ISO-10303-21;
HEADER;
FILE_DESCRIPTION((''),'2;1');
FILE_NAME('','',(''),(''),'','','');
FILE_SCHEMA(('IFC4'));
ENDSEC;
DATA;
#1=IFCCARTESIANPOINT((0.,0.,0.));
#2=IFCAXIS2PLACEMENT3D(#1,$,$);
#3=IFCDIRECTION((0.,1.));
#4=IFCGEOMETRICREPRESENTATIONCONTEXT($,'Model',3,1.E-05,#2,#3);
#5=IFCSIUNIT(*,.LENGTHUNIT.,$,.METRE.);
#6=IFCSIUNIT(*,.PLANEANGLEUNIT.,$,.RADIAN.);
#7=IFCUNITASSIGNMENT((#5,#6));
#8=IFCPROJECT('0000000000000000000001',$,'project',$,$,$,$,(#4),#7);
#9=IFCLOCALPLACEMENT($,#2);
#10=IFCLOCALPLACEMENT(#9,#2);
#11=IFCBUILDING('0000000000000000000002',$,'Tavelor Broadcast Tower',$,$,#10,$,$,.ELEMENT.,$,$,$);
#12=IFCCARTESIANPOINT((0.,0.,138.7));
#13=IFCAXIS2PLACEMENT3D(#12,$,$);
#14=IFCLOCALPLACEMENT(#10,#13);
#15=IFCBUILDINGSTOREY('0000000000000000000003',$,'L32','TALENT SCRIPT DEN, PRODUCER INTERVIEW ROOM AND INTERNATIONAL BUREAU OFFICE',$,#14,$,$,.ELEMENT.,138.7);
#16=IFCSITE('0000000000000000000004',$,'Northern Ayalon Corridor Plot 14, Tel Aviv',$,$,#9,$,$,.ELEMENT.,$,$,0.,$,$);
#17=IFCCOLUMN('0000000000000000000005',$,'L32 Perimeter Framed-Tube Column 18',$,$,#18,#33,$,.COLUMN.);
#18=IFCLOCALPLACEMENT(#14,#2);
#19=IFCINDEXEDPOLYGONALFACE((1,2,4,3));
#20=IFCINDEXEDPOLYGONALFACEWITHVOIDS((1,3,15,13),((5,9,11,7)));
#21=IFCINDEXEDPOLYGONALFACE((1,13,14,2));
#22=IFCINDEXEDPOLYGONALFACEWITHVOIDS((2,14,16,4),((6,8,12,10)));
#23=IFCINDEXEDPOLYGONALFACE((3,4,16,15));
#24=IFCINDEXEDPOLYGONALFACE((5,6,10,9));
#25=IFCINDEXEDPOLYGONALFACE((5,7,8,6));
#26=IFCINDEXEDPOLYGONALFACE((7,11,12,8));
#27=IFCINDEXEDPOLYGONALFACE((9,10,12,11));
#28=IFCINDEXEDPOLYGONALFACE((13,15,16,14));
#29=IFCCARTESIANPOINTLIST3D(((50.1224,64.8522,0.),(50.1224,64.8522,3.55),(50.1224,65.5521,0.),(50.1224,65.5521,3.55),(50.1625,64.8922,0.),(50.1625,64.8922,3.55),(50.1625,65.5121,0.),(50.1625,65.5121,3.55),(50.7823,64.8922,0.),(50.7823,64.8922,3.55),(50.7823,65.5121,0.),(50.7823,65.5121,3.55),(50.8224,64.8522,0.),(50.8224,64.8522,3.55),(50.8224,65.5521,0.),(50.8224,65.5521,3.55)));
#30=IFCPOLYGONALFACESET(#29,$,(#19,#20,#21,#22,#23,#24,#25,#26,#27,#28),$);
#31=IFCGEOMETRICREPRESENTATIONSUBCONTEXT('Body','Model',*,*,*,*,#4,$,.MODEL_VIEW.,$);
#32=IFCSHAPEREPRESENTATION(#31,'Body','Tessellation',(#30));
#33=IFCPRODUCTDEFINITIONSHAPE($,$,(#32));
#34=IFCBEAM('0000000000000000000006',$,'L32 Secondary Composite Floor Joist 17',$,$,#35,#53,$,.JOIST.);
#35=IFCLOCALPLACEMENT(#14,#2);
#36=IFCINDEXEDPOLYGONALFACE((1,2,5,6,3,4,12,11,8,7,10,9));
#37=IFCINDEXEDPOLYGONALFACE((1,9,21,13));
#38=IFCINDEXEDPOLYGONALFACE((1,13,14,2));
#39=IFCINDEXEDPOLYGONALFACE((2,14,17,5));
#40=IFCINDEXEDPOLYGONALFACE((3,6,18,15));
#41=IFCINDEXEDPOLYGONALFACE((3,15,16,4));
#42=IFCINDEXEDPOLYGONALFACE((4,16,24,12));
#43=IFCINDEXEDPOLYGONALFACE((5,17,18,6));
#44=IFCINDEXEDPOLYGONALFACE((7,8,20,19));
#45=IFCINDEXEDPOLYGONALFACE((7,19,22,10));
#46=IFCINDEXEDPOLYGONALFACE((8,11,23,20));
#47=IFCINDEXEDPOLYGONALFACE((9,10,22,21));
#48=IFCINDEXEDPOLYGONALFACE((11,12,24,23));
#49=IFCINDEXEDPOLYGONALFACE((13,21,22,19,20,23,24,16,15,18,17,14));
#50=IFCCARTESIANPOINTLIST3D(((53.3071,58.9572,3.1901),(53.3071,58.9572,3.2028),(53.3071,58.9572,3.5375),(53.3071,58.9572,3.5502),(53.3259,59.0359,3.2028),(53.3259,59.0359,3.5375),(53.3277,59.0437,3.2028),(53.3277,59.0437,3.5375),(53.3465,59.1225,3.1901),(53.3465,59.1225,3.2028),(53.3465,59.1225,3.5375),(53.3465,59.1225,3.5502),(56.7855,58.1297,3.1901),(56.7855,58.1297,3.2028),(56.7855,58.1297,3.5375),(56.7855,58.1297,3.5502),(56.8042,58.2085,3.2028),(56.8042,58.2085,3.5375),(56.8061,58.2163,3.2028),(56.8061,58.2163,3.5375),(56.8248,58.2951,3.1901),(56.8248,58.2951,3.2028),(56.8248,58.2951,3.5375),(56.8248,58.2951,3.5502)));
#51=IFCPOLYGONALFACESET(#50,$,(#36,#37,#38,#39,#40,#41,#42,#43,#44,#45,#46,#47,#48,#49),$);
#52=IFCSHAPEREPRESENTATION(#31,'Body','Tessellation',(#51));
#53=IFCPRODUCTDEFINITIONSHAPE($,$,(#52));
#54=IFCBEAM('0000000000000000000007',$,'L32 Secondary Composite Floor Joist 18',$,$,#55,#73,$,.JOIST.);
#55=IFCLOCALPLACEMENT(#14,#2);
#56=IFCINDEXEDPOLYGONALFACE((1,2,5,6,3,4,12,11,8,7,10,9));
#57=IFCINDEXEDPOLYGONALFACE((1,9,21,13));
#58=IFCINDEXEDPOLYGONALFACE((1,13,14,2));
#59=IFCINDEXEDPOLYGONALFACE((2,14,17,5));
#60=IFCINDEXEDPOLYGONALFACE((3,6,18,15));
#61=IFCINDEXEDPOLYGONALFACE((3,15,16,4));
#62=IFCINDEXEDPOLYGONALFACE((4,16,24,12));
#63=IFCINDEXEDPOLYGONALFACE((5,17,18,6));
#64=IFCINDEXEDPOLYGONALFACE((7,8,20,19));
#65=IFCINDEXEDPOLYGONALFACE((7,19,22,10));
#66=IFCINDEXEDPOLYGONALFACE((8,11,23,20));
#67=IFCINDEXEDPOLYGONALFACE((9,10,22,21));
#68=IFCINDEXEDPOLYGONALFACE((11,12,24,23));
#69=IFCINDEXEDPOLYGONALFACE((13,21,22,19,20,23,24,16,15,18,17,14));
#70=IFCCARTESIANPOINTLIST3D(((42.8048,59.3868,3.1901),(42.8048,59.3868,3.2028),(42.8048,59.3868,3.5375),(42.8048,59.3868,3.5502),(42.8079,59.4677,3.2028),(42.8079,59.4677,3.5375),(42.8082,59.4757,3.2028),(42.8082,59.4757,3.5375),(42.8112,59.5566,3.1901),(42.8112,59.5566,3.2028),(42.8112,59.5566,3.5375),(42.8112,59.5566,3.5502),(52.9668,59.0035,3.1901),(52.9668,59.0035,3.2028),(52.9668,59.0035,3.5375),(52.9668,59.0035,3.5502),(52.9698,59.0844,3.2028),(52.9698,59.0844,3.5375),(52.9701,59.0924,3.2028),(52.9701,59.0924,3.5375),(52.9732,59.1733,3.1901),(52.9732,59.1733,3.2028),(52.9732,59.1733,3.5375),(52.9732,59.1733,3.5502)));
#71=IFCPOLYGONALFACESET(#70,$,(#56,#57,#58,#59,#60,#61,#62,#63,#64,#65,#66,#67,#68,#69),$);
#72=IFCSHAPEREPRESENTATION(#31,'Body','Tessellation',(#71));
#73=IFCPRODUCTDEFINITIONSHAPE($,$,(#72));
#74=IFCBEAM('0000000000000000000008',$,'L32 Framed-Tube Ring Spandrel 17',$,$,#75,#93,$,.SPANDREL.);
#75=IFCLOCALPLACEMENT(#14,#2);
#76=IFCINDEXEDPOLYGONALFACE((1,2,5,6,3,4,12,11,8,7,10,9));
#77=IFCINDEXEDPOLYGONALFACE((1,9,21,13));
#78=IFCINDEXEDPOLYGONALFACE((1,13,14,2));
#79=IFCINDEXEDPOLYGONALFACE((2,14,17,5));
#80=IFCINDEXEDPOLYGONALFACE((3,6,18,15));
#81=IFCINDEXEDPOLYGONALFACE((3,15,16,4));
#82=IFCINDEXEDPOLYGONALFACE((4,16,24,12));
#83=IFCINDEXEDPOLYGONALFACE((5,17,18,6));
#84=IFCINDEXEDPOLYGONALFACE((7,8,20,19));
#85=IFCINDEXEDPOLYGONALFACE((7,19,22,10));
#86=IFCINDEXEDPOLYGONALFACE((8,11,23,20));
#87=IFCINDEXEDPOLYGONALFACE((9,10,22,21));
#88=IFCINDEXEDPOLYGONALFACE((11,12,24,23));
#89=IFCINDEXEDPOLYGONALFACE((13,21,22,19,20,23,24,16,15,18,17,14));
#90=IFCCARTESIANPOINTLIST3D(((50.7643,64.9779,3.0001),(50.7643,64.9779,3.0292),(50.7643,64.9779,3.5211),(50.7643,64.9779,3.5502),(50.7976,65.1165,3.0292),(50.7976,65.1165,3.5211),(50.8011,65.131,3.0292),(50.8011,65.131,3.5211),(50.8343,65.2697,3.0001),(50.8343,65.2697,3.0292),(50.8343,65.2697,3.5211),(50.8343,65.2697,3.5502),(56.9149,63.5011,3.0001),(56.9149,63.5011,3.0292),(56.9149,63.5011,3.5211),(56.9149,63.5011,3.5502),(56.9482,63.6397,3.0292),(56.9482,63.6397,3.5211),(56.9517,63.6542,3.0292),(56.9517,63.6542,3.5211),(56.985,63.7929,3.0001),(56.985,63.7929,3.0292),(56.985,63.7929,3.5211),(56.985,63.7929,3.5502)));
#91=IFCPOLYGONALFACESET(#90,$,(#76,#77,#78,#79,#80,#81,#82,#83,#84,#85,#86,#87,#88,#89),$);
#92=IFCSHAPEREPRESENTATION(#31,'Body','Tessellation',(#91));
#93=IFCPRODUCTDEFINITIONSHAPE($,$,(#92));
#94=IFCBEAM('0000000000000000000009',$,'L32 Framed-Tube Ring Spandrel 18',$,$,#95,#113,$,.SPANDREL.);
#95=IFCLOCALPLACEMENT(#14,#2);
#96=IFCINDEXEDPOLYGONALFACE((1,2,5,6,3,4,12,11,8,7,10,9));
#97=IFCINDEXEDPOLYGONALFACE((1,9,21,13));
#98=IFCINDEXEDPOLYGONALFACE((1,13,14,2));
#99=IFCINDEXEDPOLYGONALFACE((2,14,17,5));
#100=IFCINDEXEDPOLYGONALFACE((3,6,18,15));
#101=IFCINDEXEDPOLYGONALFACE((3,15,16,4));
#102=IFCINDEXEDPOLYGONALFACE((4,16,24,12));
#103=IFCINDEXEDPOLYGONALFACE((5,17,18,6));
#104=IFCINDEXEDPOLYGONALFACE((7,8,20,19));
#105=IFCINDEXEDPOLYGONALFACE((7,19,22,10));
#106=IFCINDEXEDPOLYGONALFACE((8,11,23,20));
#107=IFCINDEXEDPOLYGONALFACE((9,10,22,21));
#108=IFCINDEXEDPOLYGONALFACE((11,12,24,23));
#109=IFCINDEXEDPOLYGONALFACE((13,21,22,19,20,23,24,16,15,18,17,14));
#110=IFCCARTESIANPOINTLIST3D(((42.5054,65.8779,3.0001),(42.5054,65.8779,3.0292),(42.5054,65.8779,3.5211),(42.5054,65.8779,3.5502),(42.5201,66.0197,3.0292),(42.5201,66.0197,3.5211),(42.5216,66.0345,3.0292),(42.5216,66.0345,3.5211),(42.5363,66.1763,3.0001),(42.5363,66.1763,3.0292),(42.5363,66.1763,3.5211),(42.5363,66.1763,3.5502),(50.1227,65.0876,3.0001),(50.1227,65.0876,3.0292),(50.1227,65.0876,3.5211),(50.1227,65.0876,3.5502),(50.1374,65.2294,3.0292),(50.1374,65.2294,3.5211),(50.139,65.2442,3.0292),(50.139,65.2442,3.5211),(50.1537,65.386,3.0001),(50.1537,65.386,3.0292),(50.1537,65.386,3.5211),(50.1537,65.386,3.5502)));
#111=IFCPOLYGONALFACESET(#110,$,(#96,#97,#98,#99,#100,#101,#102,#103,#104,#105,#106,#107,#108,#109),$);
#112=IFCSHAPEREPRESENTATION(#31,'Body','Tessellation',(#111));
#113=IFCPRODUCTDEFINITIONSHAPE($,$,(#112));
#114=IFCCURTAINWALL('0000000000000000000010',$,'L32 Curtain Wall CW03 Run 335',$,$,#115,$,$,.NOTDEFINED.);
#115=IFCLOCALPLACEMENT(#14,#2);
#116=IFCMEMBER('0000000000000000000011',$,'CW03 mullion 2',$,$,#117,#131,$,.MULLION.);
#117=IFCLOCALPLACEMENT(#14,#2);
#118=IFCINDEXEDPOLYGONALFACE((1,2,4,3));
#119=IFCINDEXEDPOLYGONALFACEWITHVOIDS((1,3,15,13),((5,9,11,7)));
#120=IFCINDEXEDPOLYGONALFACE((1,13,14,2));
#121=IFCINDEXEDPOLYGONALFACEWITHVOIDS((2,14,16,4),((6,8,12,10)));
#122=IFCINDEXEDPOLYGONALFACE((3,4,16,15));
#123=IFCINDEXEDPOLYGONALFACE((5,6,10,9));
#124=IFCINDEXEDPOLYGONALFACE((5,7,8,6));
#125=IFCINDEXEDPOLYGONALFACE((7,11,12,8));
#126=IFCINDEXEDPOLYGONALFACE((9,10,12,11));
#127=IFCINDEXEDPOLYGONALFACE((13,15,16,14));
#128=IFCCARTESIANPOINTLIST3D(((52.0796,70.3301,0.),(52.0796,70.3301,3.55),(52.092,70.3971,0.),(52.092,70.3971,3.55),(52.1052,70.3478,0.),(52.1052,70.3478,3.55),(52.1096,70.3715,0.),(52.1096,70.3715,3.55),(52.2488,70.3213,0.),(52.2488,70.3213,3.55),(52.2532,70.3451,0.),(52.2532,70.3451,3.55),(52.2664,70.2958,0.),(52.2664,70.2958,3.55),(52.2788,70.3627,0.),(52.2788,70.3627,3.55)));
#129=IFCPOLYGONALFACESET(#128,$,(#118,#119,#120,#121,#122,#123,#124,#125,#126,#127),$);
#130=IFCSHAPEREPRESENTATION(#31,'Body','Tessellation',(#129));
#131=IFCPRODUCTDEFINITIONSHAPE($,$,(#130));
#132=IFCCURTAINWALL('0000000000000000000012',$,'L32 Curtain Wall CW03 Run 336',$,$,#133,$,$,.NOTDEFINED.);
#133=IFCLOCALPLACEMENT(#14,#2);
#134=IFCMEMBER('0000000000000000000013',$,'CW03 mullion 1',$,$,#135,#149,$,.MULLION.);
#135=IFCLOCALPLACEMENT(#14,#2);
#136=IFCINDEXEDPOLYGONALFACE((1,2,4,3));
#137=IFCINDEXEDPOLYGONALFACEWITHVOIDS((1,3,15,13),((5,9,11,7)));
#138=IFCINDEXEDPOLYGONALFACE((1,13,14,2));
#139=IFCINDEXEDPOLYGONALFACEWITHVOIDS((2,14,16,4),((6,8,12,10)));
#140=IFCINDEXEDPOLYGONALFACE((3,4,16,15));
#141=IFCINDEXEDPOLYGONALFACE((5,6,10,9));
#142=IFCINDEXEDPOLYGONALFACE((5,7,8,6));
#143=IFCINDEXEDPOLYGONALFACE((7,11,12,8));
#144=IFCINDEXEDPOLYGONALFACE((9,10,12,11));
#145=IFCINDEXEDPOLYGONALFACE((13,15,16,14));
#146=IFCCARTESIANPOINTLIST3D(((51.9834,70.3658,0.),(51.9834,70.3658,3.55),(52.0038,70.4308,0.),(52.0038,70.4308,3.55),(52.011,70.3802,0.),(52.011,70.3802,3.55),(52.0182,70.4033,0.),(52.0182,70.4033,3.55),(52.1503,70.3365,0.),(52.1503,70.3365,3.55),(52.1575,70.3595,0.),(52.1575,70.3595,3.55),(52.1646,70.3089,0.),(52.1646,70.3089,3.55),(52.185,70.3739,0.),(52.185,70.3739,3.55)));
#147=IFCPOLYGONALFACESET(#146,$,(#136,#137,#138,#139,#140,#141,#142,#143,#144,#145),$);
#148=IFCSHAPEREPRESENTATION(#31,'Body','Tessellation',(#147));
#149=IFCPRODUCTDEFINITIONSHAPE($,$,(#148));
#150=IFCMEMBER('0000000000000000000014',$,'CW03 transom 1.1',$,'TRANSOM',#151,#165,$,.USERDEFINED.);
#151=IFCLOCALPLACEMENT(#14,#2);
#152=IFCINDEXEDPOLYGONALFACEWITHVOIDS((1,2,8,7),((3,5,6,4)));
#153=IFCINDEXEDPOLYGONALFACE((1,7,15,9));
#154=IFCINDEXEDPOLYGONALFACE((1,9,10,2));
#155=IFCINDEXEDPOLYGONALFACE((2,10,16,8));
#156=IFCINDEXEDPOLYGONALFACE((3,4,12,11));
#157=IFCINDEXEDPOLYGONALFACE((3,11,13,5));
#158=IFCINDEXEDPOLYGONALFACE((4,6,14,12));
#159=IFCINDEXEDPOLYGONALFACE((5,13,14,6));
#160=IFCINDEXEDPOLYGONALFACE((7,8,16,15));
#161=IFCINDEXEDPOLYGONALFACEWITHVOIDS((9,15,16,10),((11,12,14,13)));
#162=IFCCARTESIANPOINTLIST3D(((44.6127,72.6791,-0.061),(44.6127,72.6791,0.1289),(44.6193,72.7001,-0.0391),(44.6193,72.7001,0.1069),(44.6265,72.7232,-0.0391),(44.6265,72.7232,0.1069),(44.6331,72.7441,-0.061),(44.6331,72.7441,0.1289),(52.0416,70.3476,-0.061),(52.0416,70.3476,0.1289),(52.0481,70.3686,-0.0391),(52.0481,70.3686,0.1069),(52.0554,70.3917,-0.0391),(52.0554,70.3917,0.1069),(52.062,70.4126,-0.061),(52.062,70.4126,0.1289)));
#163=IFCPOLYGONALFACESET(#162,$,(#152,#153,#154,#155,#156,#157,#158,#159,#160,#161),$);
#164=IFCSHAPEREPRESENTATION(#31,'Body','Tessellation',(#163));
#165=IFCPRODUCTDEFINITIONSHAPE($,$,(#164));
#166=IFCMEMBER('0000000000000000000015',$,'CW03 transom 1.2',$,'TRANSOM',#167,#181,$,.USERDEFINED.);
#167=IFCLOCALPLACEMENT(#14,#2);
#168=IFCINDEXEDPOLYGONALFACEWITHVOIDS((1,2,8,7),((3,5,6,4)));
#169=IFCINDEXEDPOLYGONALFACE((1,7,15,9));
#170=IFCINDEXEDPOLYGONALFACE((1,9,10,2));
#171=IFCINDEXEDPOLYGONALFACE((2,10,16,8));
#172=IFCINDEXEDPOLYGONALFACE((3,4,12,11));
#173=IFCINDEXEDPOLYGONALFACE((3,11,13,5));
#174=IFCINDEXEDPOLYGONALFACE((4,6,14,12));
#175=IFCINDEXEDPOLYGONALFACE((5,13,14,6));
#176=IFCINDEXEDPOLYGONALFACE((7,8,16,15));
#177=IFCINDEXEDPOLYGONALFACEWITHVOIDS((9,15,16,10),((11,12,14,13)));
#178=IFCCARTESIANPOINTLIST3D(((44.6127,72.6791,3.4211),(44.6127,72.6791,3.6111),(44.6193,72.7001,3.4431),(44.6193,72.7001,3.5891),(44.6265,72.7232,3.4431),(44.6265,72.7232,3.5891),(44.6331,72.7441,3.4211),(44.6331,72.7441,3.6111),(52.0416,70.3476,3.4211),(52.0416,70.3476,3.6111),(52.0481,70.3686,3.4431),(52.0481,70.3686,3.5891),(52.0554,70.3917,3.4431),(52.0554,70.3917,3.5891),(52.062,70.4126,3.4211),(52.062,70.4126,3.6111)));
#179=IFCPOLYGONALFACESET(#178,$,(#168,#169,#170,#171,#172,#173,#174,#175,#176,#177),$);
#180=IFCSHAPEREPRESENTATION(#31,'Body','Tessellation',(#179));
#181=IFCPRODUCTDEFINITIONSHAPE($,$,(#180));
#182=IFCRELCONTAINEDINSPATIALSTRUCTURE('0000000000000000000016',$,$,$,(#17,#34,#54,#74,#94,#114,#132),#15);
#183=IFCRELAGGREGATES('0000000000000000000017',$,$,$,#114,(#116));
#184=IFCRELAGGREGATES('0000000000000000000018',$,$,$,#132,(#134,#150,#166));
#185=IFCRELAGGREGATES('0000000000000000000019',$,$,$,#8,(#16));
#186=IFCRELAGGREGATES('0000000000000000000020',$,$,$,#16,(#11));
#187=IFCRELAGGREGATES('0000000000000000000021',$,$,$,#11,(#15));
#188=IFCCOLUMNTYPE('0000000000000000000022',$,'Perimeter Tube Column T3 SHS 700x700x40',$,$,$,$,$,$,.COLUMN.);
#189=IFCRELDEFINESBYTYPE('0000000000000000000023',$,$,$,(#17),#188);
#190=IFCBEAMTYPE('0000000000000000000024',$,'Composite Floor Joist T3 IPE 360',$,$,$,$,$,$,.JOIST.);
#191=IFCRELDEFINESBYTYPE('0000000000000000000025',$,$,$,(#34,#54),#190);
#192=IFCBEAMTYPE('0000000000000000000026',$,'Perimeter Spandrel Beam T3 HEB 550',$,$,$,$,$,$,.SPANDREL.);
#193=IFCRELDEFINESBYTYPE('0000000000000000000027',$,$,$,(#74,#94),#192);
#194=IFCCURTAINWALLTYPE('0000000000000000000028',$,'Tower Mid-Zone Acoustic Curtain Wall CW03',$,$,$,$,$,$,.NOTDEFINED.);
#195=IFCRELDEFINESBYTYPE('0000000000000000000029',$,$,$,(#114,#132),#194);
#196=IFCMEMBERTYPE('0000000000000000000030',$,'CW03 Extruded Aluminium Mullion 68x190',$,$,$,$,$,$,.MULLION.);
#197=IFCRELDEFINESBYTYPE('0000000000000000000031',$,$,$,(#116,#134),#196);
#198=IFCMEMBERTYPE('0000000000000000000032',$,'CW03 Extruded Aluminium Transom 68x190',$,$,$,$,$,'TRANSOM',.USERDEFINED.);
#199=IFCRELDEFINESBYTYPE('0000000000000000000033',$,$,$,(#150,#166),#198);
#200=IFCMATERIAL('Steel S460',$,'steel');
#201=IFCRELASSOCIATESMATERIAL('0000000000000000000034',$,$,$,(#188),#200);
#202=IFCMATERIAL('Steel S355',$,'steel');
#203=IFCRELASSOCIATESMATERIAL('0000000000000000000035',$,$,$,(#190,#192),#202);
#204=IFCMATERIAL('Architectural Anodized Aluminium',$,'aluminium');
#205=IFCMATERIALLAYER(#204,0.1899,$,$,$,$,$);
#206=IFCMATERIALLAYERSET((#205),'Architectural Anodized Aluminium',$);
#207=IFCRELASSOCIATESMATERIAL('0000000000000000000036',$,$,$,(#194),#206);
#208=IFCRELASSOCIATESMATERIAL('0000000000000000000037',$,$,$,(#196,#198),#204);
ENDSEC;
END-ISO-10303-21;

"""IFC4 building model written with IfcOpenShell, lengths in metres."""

from ifc_helpers import new_model, si_unit, direction, frame, origin, origin_2d, place, context, subcontext, project, spatial, hollow_rectangle, i_section, extrude, source, transform, mapped, material, layer, layer_set, material_profile, profile_set, type_object, type_shapes, element, aggregate, save


model = new_model("IFC4")

# Units and contexts
model_context = context("Model", 3, precision=1e-05, world=origin(), true_north=direction((0.0, 1.0)))
body_context = subcontext(model_context, "Body", "Model", "MODEL_VIEW")
ifc_project = project(units=[si_unit("LENGTHUNIT", "METRE"), si_unit("PLANEANGLEUNIT", "RADIAN")], contexts=[model_context])

# Site, building, storey
site_placement = place(None, origin())
site = spatial("IfcSite", under=ifc_project, at=site_placement, Name="Northern Ayalon Corridor Plot 14, Tel Aviv", CompositionType="ELEMENT", RefElevation=0.0)
building_placement = place(site_placement, origin())
building = spatial("IfcBuilding", under=site, at=building_placement, Name="Tavelor Broadcast Tower", CompositionType="ELEMENT")
storey_placement = place(building_placement, frame((0.0, 0.0, 138.7)))
storey = spatial("IfcBuildingStorey", under=building, at=storey_placement, Name="L32", Description="TALENT SCRIPT DEN, PRODUCER INTERVIEW ROOM AND INTERNATIONAL BUREAU OFFICE", CompositionType="ELEMENT", Elevation=138.7)

# Column
ifc_material_1 = material(Name="Steel S460", Category="steel")
ifc_material_profile_1 = material_profile(ifc_material_1, hollow_rectangle(XDim=0.7, YDim=0.7, WallThickness=0.04, at=origin_2d()), Name="SHS 700x700x40")
ifc_profile_set_1 = profile_set([ifc_material_profile_1], Name="Steel S460")
column_type = type_object("IfcColumnType", Name="Perimeter Tube Column T3 SHS 700x700x40", PredefinedType="COLUMN", material=ifc_profile_set_1)
column_placement = place(storey_placement, frame((50.4724, 65.2021, 0.0), z_axis=(0.0, 0.0, 1.0), x_axis=(1.0, 0.0, 0.0)))
element("IfcColumn", 1, at=column_placement, inside=storey, type_object=column_type, Name="L32 Perimeter Framed-Tube Column 18", PredefinedType="COLUMN", context=body_context, shape_type="SweptSolid", body=[
    extrude(hollow_rectangle(XDim=0.7, YDim=0.7, WallThickness=0.04, at=origin_2d()), origin(), (0.0, 0.0, 1.0), 3.55),
])

# Beams
ifc_material_2 = material(Name="Steel S355", Category="steel")
ifc_material_profile_2 = material_profile(ifc_material_2, i_section(OverallWidth=0.1699, OverallDepth=0.3601, WebThickness=0.0081, FlangeThickness=0.0127, at=origin_2d()), Name="IPE 360")
ifc_profile_set_2 = profile_set([ifc_material_profile_2], Name="Steel S355")
beam_type_1 = type_object("IfcBeamType", Name="Composite Floor Joist T3 IPE 360", PredefinedType="JOIST", material=ifc_profile_set_2)
beam_1_placement = place(storey_placement, frame((56.8052, 58.2124, 3.3701), z_axis=(-0.972855, 0.231417, 0.0), x_axis=(-0.231417, -0.972855, 0.0)))
element("IfcBeam", 2, at=beam_1_placement, inside=storey, type_object=beam_type_1, Name="L32 Secondary Composite Floor Joist 17", PredefinedType="JOIST", context=body_context, shape_type="SweptSolid", body=[
    extrude(i_section(OverallWidth=0.1699, OverallDepth=0.3601, WebThickness=0.0081, FlangeThickness=0.0127, at=origin_2d()), origin(), (0.0, 0.0, 1.0), 3.5754),
])
beam_2_placement = place(storey_placement, frame((52.97, 59.0884, 3.3701), z_axis=(-0.999289, 0.037693, 0.0), x_axis=(-0.037693, -0.999289, 0.0)))
element("IfcBeam", 3, at=beam_2_placement, inside=storey, type_object=beam_type_1, Name="L32 Secondary Composite Floor Joist 18", PredefinedType="JOIST", context=body_context, shape_type="SweptSolid", body=[
    extrude(i_section(OverallWidth=0.1699, OverallDepth=0.3601, WebThickness=0.0081, FlangeThickness=0.0127, at=origin_2d()), origin(), (0.0, 0.0, 1.0), 10.1692),
])
ifc_material_profile_3 = material_profile(ifc_material_2, i_section(OverallWidth=0.3, OverallDepth=0.55, WebThickness=0.0149, FlangeThickness=0.0291, at=origin_2d()), Name="HEB 550")
ifc_profile_set_3 = profile_set([ifc_material_profile_3], Name="Steel S355")
beam_type_2 = type_object("IfcBeamType", Name="Perimeter Spandrel Beam T3 HEB 550", PredefinedType="SPANDREL", material=ifc_profile_set_3)
beam_3_placement = place(storey_placement, frame((56.95, 63.647, 3.2751), z_axis=(-0.972364, 0.233471, 0.0), x_axis=(-0.233471, -0.972364, 0.0)))
element("IfcBeam", 4, at=beam_3_placement, inside=storey, type_object=beam_type_2, Name="L32 Framed-Tube Ring Spandrel 17", PredefinedType="SPANDREL", context=body_context, shape_type="SweptSolid", body=[
    extrude(i_section(OverallWidth=0.3, OverallDepth=0.55, WebThickness=0.0149, FlangeThickness=0.0291, at=origin_2d()), origin(), (0.0, 0.0, 1.0), 6.3254),
])
beam_4_placement = place(storey_placement, frame((50.1382, 65.2368, 3.2751), z_axis=(-0.994661, 0.103193, 0.0), x_axis=(-0.103193, -0.994661, 0.0)))
element("IfcBeam", 5, at=beam_4_placement, inside=storey, type_object=beam_type_2, Name="L32 Framed-Tube Ring Spandrel 18", PredefinedType="SPANDREL", context=body_context, shape_type="SweptSolid", body=[
    extrude(i_section(OverallWidth=0.3, OverallDepth=0.55, WebThickness=0.0149, FlangeThickness=0.0291, at=origin_2d()), origin(), (0.0, 0.0, 1.0), 7.6582),
])

# Curtain wall, member
ifc_material_3 = material(Name="Architectural Anodized Aluminium", Category="aluminium")
ifc_layer_1 = layer(ifc_material_3, 0.1899)
ifc_layer_set_1 = layer_set([ifc_layer_1], Name="Architectural Anodized Aluminium")
curtain_wall_type = type_object("IfcCurtainWallType", Name="Tower Mid-Zone Acoustic Curtain Wall CW03", PredefinedType="NOTDEFINED", material=ifc_layer_set_1)
curtain_wall_1_placement = place(storey_placement, origin())
curtain_wall_1 = element("IfcCurtainWall", 6, at=curtain_wall_1_placement, inside=storey, type_object=curtain_wall_type, Name="L32 Curtain Wall CW03 Run 335", PredefinedType="NOTDEFINED")
ifc_material_profile_4 = material_profile(ifc_material_3, hollow_rectangle(XDim=0.0681, YDim=0.1899, WallThickness=0.022, at=origin_2d()), Name="RHS 68x190x22")
ifc_profile_set_4 = profile_set([ifc_material_profile_4], Name="Architectural Anodized Aluminium")
member_type_1 = type_object("IfcMemberType", Name="CW03 Extruded Aluminium Mullion 68x190", PredefinedType="MULLION", material=ifc_profile_set_4)
shared_shape_1 = source(origin(), body_context, "Body", "SweptSolid", [
    extrude(hollow_rectangle(XDim=0.0681, YDim=0.1899, WallThickness=0.022, at=origin_2d()), origin(), (0.0, 0.0, 1.0), 3.55),
])
type_shapes(member_type_1, [shared_shape_1])
member_1_placement = place(storey_placement, frame((52.1792, 70.3464, 0.0), z_axis=(0.0, 0.0, 1.0), x_axis=(-0.180977, -0.983487, 0.0)))
member_1 = element("IfcMember", 7, at=member_1_placement, type_object=member_type_1, Name="CW03 mullion 2", PredefinedType="MULLION", context=body_context, shape_type="MappedRepresentation", body=[
    mapped(shared_shape_1, transform((0.0, 0.0, 0.0), scale=1.0)),
])

# Curtain wall, members
curtain_wall_2_placement = place(storey_placement, origin())
curtain_wall_2 = element("IfcCurtainWall", 8, at=curtain_wall_2_placement, inside=storey, type_object=curtain_wall_type, Name="L32 Curtain Wall CW03 Run 336", PredefinedType="NOTDEFINED")
member_2_placement = place(storey_placement, frame((52.0842, 70.3699, 0.0), z_axis=(0.0, 0.0, 1.0), x_axis=(-0.299433, -0.954117, 0.0)))
member_2 = element("IfcMember", 9, at=member_2_placement, type_object=member_type_1, Name="CW03 mullion 1", PredefinedType="MULLION", context=body_context, shape_type="MappedRepresentation", body=[
    mapped(shared_shape_1, transform((0.0, 0.0, 0.0), scale=1.0)),
])
ifc_material_profile_5 = material_profile(ifc_material_3, hollow_rectangle(XDim=0.0681, YDim=0.1899, WallThickness=0.022, at=origin_2d()), Name="RHS 68x190x22")
ifc_profile_set_5 = profile_set([ifc_material_profile_5], Name="Architectural Anodized Aluminium")
member_type_2 = type_object("IfcMemberType", Name="CW03 Extruded Aluminium Transom 68x190", ElementType="TRANSOM", PredefinedType="USERDEFINED", material=ifc_profile_set_5)
shared_shape_2 = source(origin(), body_context, "Body", "SweptSolid", [
    extrude(hollow_rectangle(XDim=0.0681, YDim=0.1899, WallThickness=0.022, at=origin_2d()), origin(), (0.0, 0.0, 1.0), 7.7861),
])
type_shapes(member_type_2, [shared_shape_2])
member_3_placement = place(storey_placement, frame((52.0518, 70.3801, 0.0339), z_axis=(-0.954114, 0.299444, 0.0), x_axis=(-0.299444, -0.954114, 0.0)))
member_3 = element("IfcMember", 10, at=member_3_placement, type_object=member_type_2, Name="CW03 transom 1.1", ObjectType="TRANSOM", PredefinedType="USERDEFINED", context=body_context, shape_type="MappedRepresentation", body=[
    mapped(shared_shape_2, transform((0.0, 0.0, 0.0), scale=1.0)),
])
member_4_placement = place(storey_placement, frame((52.0518, 70.3801, 3.5161), z_axis=(-0.954114, 0.299444, 0.0), x_axis=(-0.299444, -0.954114, 0.0)))
member_4 = element("IfcMember", 11, at=member_4_placement, type_object=member_type_2, Name="CW03 transom 1.2", ObjectType="TRANSOM", PredefinedType="USERDEFINED", context=body_context, shape_type="MappedRepresentation", body=[
    mapped(shared_shape_2, transform((0.0, 0.0, 0.0), scale=1.0)),
])

aggregate(curtain_wall_1, [member_1])
aggregate(curtain_wall_2, [member_2, member_3, member_4])

save(model, "model.ifc")
